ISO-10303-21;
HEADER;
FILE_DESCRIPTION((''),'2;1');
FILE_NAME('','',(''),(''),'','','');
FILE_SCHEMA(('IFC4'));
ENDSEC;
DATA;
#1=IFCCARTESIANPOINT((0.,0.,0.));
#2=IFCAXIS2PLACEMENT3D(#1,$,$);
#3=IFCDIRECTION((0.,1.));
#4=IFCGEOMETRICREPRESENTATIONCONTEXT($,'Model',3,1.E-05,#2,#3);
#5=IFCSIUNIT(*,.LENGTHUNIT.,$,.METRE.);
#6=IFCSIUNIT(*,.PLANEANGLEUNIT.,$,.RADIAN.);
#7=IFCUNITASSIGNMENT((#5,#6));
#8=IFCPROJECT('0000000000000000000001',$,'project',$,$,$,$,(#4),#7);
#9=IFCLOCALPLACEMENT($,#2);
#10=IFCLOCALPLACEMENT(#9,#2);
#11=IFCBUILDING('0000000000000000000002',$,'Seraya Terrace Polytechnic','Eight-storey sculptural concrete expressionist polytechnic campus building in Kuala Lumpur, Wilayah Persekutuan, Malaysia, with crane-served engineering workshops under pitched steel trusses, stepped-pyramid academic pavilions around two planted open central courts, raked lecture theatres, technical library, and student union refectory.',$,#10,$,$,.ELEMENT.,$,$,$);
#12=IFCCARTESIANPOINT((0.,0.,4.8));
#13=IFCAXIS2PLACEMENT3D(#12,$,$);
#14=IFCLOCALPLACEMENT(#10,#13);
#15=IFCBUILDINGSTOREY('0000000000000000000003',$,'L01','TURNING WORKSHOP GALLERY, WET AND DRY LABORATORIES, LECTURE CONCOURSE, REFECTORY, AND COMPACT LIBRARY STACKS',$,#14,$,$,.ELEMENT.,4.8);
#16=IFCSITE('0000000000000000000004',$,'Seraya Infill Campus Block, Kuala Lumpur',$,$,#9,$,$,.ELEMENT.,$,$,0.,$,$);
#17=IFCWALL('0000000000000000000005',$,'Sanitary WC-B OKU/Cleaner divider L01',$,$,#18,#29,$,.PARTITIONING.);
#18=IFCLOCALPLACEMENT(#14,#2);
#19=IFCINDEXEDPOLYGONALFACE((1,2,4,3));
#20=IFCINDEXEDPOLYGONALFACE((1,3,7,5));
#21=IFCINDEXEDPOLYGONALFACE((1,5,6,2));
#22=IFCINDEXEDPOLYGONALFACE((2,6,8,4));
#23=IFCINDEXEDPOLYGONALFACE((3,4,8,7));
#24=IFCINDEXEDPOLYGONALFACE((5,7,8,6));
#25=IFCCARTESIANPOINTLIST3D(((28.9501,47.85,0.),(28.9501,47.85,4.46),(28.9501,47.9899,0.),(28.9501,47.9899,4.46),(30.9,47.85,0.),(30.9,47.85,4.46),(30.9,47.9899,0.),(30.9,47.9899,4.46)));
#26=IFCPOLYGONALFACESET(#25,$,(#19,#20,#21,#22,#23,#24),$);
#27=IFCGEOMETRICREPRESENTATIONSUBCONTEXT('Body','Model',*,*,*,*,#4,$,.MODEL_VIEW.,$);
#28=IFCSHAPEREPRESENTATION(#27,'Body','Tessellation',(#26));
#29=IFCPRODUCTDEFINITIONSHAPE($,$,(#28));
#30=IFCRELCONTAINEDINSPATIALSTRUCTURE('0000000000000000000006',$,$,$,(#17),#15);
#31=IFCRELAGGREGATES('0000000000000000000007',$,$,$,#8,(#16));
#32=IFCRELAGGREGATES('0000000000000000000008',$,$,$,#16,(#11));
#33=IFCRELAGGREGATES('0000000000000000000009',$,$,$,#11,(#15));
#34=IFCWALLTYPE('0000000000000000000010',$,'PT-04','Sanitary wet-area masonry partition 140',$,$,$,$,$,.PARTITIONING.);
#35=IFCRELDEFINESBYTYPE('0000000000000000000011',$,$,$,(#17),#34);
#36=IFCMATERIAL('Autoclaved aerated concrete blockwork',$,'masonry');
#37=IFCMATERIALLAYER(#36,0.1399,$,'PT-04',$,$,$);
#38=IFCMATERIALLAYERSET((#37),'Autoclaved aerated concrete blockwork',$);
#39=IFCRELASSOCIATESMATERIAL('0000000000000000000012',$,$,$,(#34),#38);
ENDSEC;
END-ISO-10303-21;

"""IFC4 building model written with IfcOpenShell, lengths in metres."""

from ifc_helpers import new_model, si_unit, direction, frame, frame_2d, origin, place, context, subcontext, project, spatial, rectangle, extrude, material, layer, layer_set, type_object, element, save


model = new_model("IFC4")

# Units and contexts
model_context = context("Model", 3, precision=1e-05, world=origin(), true_north=direction((0.0, 1.0)))
body_context = subcontext(model_context, "Body", "Model", "MODEL_VIEW")
ifc_project = project(units=[si_unit("LENGTHUNIT", "METRE"), si_unit("PLANEANGLEUNIT", "RADIAN")], contexts=[model_context])

# Site, building, storey
site_placement = place(None, origin())
site = spatial("IfcSite", under=ifc_project, at=site_placement, Name="Seraya Infill Campus Block, Kuala Lumpur", CompositionType="ELEMENT", RefElevation=0.0)
building_placement = place(site_placement, origin())
building = spatial("IfcBuilding", under=site, at=building_placement, Name="Seraya Terrace Polytechnic", Description="Eight-storey sculptural concrete expressionist polytechnic campus building in Kuala Lumpur, Wilayah Persekutuan, Malaysia, with crane-served engineering workshops under pitched steel trusses, stepped-pyramid academic pavilions around two planted open central courts, raked lecture theatres, technical library, and student union refectory.", CompositionType="ELEMENT")
storey_placement = place(building_placement, frame((0.0, 0.0, 4.8)))
storey = spatial("IfcBuildingStorey", under=building, at=storey_placement, Name="L01", Description="TURNING WORKSHOP GALLERY, WET AND DRY LABORATORIES, LECTURE CONCOURSE, REFECTORY, AND COMPACT LIBRARY STACKS", CompositionType="ELEMENT", Elevation=4.8)

# Shared definitions
ifc_material_1 = material(Name="Autoclaved aerated concrete blockwork", Category="masonry")

# Shared definitions
ifc_layer_1 = layer(ifc_material_1, 0.1399, Name="PT-04")
ifc_layer_set_1 = layer_set([ifc_layer_1], Name="Autoclaved aerated concrete blockwork")
wall_type_1 = type_object("IfcWallType", Name="PT-04", Description="Sanitary wet-area masonry partition 140", PredefinedType="PARTITIONING", material=ifc_layer_set_1)

# Wall
wall_1_placement = place(storey_placement, frame((28.95, 47.9199, 0.0), z_axis=(0.0, 0.0, 1.0), x_axis=(1.0, 0.0, 0.0)))
element("IfcWall", 1, at=wall_1_placement, inside=storey, type_object=wall_type_1, Name="Sanitary WC-B OKU/Cleaner divider L01", PredefinedType="PARTITIONING", context=body_context, shape_type="SweptSolid", body=[
    extrude(rectangle(XDim=1.95, YDim=0.1399, at=frame_2d((0.9751, 0.0))), origin(), (0.0, 0.0, 1.0), 4.46),
])

save(model, "model.ifc")
